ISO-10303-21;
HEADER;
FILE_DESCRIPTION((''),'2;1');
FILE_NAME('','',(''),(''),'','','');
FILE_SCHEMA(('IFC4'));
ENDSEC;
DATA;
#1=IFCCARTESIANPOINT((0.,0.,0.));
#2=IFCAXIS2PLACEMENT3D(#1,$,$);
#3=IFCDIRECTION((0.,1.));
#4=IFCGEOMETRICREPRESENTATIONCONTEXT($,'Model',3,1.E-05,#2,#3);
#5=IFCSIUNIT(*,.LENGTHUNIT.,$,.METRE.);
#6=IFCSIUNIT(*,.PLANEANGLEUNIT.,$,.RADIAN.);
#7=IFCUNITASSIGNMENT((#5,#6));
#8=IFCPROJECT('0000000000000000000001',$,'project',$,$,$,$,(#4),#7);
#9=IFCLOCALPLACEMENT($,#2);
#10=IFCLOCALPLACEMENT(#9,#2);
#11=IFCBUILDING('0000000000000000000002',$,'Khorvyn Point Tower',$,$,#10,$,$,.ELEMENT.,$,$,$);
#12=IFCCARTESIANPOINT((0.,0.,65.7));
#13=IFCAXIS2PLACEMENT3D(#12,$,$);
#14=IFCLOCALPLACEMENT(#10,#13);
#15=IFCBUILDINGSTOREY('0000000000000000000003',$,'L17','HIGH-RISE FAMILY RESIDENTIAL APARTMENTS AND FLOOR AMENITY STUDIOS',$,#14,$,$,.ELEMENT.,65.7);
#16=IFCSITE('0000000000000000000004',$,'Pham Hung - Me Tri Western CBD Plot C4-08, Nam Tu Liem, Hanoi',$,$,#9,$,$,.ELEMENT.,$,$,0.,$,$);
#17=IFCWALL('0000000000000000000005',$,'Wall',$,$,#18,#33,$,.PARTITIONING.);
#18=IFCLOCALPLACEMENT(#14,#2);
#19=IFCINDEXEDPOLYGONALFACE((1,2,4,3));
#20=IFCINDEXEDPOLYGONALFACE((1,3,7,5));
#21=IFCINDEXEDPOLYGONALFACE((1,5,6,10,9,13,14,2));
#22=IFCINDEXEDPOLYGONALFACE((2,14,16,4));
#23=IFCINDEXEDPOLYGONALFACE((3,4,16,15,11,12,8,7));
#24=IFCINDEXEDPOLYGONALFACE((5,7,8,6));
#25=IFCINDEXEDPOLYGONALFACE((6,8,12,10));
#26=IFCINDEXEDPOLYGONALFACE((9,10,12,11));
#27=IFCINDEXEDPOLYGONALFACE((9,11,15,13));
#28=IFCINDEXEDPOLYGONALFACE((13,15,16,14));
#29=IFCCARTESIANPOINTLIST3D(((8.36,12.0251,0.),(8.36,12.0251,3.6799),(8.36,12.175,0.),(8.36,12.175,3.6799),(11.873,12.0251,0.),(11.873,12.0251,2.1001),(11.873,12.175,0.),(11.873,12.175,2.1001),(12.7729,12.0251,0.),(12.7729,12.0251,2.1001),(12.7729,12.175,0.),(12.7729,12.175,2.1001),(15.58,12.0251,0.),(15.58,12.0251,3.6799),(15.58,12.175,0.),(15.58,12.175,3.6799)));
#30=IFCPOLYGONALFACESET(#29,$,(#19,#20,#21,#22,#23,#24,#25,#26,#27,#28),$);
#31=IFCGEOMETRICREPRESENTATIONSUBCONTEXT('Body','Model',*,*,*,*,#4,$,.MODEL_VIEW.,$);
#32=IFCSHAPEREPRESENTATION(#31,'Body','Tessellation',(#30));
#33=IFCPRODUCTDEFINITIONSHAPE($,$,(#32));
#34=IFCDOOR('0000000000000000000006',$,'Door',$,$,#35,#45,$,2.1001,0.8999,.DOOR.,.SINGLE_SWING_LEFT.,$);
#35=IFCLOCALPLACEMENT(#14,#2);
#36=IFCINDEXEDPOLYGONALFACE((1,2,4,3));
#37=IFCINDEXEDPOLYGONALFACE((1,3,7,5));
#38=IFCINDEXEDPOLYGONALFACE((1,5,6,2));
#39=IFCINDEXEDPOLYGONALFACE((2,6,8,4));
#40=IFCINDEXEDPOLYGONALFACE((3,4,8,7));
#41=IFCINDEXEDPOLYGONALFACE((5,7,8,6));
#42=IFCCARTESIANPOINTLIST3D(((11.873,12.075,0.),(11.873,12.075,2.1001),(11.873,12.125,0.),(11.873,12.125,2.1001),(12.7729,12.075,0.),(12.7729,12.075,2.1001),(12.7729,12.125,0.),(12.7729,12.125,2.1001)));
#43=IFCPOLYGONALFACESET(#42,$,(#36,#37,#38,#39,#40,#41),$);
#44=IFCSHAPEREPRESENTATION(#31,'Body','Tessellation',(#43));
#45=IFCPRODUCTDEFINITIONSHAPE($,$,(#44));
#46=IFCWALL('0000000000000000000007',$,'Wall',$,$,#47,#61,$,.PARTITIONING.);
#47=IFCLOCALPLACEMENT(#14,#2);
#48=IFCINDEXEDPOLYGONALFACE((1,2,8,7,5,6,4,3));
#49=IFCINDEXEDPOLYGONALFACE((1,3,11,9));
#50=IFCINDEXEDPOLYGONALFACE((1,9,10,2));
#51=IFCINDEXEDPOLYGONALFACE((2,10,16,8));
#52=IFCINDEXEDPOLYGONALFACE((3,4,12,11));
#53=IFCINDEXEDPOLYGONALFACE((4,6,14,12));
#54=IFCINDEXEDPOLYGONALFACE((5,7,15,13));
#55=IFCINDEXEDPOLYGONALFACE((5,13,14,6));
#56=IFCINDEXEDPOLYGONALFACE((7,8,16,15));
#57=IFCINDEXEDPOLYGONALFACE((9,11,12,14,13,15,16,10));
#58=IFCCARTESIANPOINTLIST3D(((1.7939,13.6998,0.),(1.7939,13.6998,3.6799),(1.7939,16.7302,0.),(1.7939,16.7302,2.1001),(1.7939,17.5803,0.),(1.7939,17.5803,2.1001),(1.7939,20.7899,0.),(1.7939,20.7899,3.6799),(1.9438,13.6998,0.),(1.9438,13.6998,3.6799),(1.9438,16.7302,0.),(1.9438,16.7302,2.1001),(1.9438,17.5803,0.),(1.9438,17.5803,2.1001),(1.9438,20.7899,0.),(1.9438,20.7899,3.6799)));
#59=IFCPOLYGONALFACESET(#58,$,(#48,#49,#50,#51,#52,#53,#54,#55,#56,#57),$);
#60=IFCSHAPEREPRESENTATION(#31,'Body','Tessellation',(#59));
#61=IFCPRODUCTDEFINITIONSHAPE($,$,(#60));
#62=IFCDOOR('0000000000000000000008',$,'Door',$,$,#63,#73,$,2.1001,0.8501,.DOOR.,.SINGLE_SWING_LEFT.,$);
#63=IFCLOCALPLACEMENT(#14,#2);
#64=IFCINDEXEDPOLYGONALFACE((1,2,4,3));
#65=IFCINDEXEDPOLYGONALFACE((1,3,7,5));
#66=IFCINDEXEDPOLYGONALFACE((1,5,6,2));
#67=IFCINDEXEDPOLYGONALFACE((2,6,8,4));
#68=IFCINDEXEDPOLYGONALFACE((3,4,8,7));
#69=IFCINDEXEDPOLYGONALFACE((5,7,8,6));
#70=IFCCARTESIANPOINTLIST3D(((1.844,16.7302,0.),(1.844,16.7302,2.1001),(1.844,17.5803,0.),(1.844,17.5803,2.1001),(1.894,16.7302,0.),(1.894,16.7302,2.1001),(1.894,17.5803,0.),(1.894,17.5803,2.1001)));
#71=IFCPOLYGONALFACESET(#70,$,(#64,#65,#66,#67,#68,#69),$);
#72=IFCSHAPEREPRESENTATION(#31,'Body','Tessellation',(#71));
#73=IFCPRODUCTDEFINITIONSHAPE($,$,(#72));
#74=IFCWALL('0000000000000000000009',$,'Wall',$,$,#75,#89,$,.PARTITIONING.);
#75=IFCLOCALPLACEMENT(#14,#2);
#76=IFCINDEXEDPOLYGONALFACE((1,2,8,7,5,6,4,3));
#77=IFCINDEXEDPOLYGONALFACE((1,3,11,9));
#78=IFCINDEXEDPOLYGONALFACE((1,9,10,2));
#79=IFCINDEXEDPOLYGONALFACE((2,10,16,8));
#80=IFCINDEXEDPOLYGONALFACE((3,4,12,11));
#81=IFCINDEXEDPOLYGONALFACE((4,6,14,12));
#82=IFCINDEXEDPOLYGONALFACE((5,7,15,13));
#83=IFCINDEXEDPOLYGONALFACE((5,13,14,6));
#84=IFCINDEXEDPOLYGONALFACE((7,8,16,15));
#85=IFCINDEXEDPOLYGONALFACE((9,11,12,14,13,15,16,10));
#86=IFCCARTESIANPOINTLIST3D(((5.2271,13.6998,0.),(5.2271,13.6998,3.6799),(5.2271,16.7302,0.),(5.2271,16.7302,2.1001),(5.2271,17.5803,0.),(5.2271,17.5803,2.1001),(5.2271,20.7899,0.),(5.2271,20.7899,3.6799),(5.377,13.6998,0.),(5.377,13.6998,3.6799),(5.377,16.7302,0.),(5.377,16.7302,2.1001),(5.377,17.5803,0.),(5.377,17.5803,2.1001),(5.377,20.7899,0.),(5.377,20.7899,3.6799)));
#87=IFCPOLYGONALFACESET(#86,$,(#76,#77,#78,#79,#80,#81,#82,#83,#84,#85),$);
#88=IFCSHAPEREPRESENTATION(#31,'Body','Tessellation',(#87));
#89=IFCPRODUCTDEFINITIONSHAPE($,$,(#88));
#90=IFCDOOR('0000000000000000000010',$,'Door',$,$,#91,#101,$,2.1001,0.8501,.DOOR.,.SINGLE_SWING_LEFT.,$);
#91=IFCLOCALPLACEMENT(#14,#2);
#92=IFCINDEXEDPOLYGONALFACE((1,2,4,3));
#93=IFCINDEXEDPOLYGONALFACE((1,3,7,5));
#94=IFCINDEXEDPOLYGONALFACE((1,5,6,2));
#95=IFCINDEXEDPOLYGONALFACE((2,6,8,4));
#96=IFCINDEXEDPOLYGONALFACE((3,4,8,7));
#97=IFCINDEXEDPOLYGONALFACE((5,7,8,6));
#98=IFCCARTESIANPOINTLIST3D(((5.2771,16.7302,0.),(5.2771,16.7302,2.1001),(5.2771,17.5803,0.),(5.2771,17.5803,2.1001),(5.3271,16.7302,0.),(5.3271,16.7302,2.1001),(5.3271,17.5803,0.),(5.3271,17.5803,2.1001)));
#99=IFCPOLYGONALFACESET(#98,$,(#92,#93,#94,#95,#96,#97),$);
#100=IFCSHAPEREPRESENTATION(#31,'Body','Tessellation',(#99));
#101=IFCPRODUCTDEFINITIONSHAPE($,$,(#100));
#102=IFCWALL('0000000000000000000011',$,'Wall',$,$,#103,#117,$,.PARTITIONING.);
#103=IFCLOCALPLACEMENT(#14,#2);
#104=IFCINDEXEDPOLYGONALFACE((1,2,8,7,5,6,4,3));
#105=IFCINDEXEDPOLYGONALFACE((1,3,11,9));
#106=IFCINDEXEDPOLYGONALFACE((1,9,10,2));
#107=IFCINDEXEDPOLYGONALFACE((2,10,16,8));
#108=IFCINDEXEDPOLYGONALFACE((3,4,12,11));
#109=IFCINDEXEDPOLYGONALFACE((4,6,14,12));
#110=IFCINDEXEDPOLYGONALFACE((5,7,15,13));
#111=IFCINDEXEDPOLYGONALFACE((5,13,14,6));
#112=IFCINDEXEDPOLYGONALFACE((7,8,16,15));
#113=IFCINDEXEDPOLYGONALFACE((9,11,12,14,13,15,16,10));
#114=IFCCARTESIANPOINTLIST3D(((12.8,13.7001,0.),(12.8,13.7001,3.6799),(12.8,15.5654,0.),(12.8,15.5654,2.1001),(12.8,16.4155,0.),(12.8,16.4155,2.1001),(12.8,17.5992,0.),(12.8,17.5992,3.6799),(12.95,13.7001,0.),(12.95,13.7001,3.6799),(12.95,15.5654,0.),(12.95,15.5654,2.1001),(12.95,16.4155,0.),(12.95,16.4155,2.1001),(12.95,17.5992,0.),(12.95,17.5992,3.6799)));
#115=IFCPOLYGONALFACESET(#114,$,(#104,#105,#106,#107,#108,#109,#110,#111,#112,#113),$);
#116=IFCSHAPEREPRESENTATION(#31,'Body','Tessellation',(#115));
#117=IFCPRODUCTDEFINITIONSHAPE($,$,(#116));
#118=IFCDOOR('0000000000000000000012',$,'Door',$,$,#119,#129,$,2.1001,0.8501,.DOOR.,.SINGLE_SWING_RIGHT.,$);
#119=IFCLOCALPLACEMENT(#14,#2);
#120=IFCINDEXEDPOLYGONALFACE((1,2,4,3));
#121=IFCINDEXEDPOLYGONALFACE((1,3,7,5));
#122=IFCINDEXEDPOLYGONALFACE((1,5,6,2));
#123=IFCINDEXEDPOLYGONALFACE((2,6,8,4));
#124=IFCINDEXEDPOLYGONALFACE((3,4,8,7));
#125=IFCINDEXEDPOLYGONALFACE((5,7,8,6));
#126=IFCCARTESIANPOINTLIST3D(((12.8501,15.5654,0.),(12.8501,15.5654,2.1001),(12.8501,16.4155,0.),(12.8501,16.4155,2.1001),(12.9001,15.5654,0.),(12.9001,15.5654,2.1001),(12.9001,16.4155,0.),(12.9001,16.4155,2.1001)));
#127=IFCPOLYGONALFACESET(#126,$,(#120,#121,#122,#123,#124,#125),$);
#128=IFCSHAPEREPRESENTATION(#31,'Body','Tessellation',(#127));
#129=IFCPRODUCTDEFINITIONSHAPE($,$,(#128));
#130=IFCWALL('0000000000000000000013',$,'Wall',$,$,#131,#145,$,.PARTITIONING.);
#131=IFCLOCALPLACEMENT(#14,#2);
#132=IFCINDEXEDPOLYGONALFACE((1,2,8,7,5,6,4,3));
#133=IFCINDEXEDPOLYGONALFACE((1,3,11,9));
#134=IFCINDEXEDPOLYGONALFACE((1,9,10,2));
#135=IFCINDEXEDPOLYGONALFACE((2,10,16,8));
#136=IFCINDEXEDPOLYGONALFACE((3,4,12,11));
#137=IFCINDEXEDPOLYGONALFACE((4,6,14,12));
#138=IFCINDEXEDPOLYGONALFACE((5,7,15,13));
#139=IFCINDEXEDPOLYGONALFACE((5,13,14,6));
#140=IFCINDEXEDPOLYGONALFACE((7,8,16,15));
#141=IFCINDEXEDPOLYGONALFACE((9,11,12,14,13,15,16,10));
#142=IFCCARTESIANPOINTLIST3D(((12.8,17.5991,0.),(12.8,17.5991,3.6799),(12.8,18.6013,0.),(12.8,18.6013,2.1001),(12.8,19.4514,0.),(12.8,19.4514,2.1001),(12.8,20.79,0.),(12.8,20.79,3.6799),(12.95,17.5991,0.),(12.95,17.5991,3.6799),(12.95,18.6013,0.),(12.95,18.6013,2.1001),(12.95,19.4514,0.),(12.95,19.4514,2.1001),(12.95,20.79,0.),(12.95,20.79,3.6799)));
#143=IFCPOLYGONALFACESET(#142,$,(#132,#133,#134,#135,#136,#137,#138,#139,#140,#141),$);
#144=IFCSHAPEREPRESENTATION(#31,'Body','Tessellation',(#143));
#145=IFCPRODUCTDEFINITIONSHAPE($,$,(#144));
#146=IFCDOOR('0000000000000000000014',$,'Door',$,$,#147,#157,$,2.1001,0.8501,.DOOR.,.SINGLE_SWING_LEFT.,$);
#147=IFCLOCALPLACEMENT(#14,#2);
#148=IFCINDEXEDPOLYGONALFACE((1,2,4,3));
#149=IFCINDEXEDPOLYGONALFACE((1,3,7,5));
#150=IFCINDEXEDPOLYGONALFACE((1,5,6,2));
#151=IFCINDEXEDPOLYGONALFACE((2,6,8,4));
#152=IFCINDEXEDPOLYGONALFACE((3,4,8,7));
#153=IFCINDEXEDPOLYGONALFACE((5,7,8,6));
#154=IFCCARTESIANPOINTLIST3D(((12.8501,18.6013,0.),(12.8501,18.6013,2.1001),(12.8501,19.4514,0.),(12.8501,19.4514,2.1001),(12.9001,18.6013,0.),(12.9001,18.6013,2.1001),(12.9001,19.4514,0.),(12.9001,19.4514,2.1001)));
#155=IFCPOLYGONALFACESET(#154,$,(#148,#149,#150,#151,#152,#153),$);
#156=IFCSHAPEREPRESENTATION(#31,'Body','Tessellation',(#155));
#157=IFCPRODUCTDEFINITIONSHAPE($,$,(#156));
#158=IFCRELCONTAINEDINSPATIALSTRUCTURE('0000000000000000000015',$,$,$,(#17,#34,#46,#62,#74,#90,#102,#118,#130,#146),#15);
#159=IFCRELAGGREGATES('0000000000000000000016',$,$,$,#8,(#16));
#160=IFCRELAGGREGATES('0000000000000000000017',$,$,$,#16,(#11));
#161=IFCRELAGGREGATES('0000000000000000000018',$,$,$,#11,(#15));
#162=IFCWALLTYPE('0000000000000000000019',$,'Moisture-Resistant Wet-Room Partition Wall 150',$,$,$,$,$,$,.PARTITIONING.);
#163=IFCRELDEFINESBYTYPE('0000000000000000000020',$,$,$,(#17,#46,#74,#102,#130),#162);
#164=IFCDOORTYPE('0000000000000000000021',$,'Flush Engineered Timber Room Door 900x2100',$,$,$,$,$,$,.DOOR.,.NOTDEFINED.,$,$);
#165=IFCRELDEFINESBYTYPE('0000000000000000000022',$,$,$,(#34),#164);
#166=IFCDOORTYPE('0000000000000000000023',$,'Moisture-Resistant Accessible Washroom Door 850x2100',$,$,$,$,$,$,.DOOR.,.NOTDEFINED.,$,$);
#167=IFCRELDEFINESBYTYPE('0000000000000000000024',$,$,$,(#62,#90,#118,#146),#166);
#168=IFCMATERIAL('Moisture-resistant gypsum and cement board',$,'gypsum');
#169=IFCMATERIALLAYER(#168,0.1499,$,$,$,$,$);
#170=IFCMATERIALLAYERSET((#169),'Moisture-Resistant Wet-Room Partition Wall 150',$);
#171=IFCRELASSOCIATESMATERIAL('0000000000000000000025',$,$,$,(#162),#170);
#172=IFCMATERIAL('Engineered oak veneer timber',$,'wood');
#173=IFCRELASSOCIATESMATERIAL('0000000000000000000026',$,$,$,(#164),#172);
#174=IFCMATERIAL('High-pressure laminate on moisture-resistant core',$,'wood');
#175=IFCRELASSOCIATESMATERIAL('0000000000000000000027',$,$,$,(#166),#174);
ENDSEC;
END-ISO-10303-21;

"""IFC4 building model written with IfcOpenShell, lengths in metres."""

from ifc_helpers import new_model, si_unit, direction, frame, frame_2d, origin, place, context, subcontext, project, spatial, rectangle, extrude, material, layer, layer_set, type_object, element, fill, save


model = new_model("IFC4")

# Units and contexts
model_context = context("Model", 3, precision=1e-05, world=origin(), true_north=direction((0.0, 1.0)))
body_context = subcontext(model_context, "Body", "Model", "MODEL_VIEW")
ifc_project = project(units=[si_unit("LENGTHUNIT", "METRE"), si_unit("PLANEANGLEUNIT", "RADIAN")], contexts=[model_context])

# Site, building, storey
site_placement = place(None, origin())
site = spatial("IfcSite", under=ifc_project, at=site_placement, Name="Pham Hung - Me Tri Western CBD Plot C4-08, Nam Tu Liem, Hanoi", CompositionType="ELEMENT", RefElevation=0.0)
building_placement = place(site_placement, origin())
building = spatial("IfcBuilding", under=site, at=building_placement, Name="Khorvyn Point Tower", CompositionType="ELEMENT")
storey_placement = place(building_placement, frame((0.0, 0.0, 65.7)))
storey = spatial("IfcBuildingStorey", under=building, at=storey_placement, Name="L17", Description="HIGH-RISE FAMILY RESIDENTIAL APARTMENTS AND FLOOR AMENITY STUDIOS", CompositionType="ELEMENT", Elevation=65.7)

# Walls, openings, doors
ifc_material_1 = material(Name="Moisture-resistant gypsum and cement board", Category="gypsum")
ifc_layer_1 = layer(ifc_material_1, 0.1499)
ifc_layer_set_1 = layer_set([ifc_layer_1], Name="Moisture-Resistant Wet-Room Partition Wall 150")
wall_type_1 = type_object("IfcWallType", Name="Moisture-Resistant Wet-Room Partition Wall 150", PredefinedType="PARTITIONING", material=ifc_layer_set_1)
wall_1_placement = place(storey_placement, frame((8.3601, 12.1001, 0.0), z_axis=(0.0, 0.0, 1.0), x_axis=(1.0, 0.0, 0.0)))
wall_1 = element("IfcWall", 1, at=wall_1_placement, inside=storey, type_object=wall_type_1, Name="Wall", PredefinedType="PARTITIONING", context=body_context, shape_type="SweptSolid", body=[
    extrude(rectangle(XDim=7.22, YDim=0.1499, at=frame_2d((3.6099, 0.0))), origin(), (0.0, 0.0, 1.0), 3.6799),
])
opening_1_placement = place(wall_1_placement, frame((3.5129, 0.0, 0.0)))
opening_1 = element("IfcOpeningElement", 2, at=opening_1_placement, cuts=wall_1, PredefinedType="OPENING", context=body_context, shape_type="SweptSolid", body=[
    extrude(rectangle(XDim=0.8999, YDim=2.1001, at=frame_2d((0.45, 1.05))), frame((0.0, 0.085, 0.0), z_axis=(0.0, -1.0, 0.0), x_axis=(1.0, 0.0, 0.0)), (0.0, 0.0, 1.0), 0.1699),
])
ifc_material_2 = material(Name="Engineered oak veneer timber", Category="wood")
door_type_1 = type_object("IfcDoorType", Name="Flush Engineered Timber Room Door 900x2100", OperationType="NOTDEFINED", PredefinedType="DOOR", material=ifc_material_2)
door_1_placement = place(opening_1_placement, origin())
door_1 = element("IfcDoor", 3, at=door_1_placement, inside=storey, type_object=door_type_1, Name="Door", OperationType="SINGLE_SWING_LEFT", OverallHeight=2.1001, OverallWidth=0.8999, PredefinedType="DOOR", context=body_context, shape_type="SweptSolid", body=[
    extrude(rectangle(XDim=0.8999, YDim=2.1001, at=frame_2d((0.45, 1.05))), frame((0.0, 0.0249, 0.0), z_axis=(0.0, -1.0, 0.0), x_axis=(1.0, 0.0, 0.0)), (0.0, 0.0, 1.0), 0.05),
])
fill(opening_1, door_1)
wall_2_placement = place(storey_placement, frame((1.8689, 13.7, 0.0), z_axis=(0.0, 0.0, 1.0), x_axis=(0.0, 1.0, 0.0)))
wall_2 = element("IfcWall", 4, at=wall_2_placement, inside=storey, type_object=wall_type_1, Name="Wall", PredefinedType="PARTITIONING", context=body_context, shape_type="SweptSolid", body=[
    extrude(rectangle(XDim=7.0901, YDim=0.1499, at=frame_2d((3.5449, 0.0))), origin(), (0.0, 0.0, 1.0), 3.6799),
])
opening_2_placement = place(wall_2_placement, frame((3.0303, 0.0, 0.0)))
opening_2 = element("IfcOpeningElement", 5, at=opening_2_placement, cuts=wall_2, PredefinedType="OPENING", context=body_context, shape_type="SweptSolid", body=[
    extrude(rectangle(XDim=0.8501, YDim=2.1001, at=frame_2d((0.425, 1.05))), frame((0.0, 0.085, 0.0), z_axis=(0.0, -1.0, 0.0), x_axis=(1.0, 0.0, 0.0)), (0.0, 0.0, 1.0), 0.1699),
])
ifc_material_3 = material(Name="High-pressure laminate on moisture-resistant core", Category="wood")
door_type_2 = type_object("IfcDoorType", Name="Moisture-Resistant Accessible Washroom Door 850x2100", OperationType="NOTDEFINED", PredefinedType="DOOR", material=ifc_material_3)
door_2_placement = place(opening_2_placement, origin())
door_2 = element("IfcDoor", 6, at=door_2_placement, inside=storey, type_object=door_type_2, Name="Door", OperationType="SINGLE_SWING_LEFT", OverallHeight=2.1001, OverallWidth=0.8501, PredefinedType="DOOR", context=body_context, shape_type="SweptSolid", body=[
    extrude(rectangle(XDim=0.8501, YDim=2.1001, at=frame_2d((0.425, 1.05))), frame((0.0, 0.0249, 0.0), z_axis=(0.0, -1.0, 0.0), x_axis=(1.0, 0.0, 0.0)), (0.0, 0.0, 1.0), 0.05),
])
fill(opening_2, door_2)
wall_3_placement = place(storey_placement, frame((5.302, 13.7, 0.0), z_axis=(0.0, 0.0, 1.0), x_axis=(0.0, 1.0, 0.0)))
wall_3 = element("IfcWall", 7, at=wall_3_placement, inside=storey, type_object=wall_type_1, Name="Wall", PredefinedType="PARTITIONING", context=body_context, shape_type="SweptSolid", body=[
    extrude(rectangle(XDim=7.0901, YDim=0.1499, at=frame_2d((3.5449, 0.0))), origin(), (0.0, 0.0, 1.0), 3.6799),
])
opening_3_placement = place(wall_3_placement, frame((3.0303, 0.0, 0.0)))
opening_3 = element("IfcOpeningElement", 8, at=opening_3_placement, cuts=wall_3, PredefinedType="OPENING", context=body_context, shape_type="SweptSolid", body=[
    extrude(rectangle(XDim=0.8501, YDim=2.1001, at=frame_2d((0.425, 1.05))), frame((0.0, 0.085, 0.0), z_axis=(0.0, -1.0, 0.0), x_axis=(1.0, 0.0, 0.0)), (0.0, 0.0, 1.0), 0.1699),
])
door_3_placement = place(opening_3_placement, origin())
door_3 = element("IfcDoor", 9, at=door_3_placement, inside=storey, type_object=door_type_2, Name="Door", OperationType="SINGLE_SWING_LEFT", OverallHeight=2.1001, OverallWidth=0.8501, PredefinedType="DOOR", context=body_context, shape_type="SweptSolid", body=[
    extrude(rectangle(XDim=0.8501, YDim=2.1001, at=frame_2d((0.425, 1.05))), frame((0.0, 0.0249, 0.0), z_axis=(0.0, -1.0, 0.0), x_axis=(1.0, 0.0, 0.0)), (0.0, 0.0, 1.0), 0.05),
])
fill(opening_3, door_3)
wall_4_placement = place(storey_placement, frame((12.875, 13.7, 0.0), z_axis=(0.0, 0.0, 1.0), x_axis=(0.0, 1.0, 0.0)))
wall_4 = element("IfcWall", 10, at=wall_4_placement, inside=storey, type_object=wall_type_1, Name="Wall", PredefinedType="PARTITIONING", context=body_context, shape_type="SweptSolid", body=[
    extrude(rectangle(XDim=3.8992, YDim=0.1499, at=frame_2d((1.9497, 0.0))), origin(), (0.0, 0.0, 1.0), 3.6799),
])
opening_4_placement = place(wall_4_placement, frame((1.8655, 0.0, 0.0)))
opening_4 = element("IfcOpeningElement", 11, at=opening_4_placement, cuts=wall_4, PredefinedType="OPENING", context=body_context, shape_type="SweptSolid", body=[
    extrude(rectangle(XDim=0.8501, YDim=2.1001, at=frame_2d((0.425, 1.05))), frame((0.0, 0.085, 0.0), z_axis=(0.0, -1.0, 0.0), x_axis=(1.0, 0.0, 0.0)), (0.0, 0.0, 1.0), 0.1699),
])
door_4_placement = place(opening_4_placement, origin())
door_4 = element("IfcDoor", 12, at=door_4_placement, inside=storey, type_object=door_type_2, Name="Door", OperationType="SINGLE_SWING_RIGHT", OverallHeight=2.1001, OverallWidth=0.8501, PredefinedType="DOOR", context=body_context, shape_type="SweptSolid", body=[
    extrude(rectangle(XDim=0.8501, YDim=2.1001, at=frame_2d((0.425, 1.05))), frame((0.0, 0.0249, 0.0), z_axis=(0.0, -1.0, 0.0), x_axis=(1.0, 0.0, 0.0)), (0.0, 0.0, 1.0), 0.05),
])
fill(opening_4, door_4)
wall_5_placement = place(storey_placement, frame((12.875, 17.5991, 0.0), z_axis=(0.0, 0.0, 1.0), x_axis=(0.0, 1.0, 0.0)))
wall_5 = element("IfcWall", 13, at=wall_5_placement, inside=storey, type_object=wall_type_1, Name="Wall", PredefinedType="PARTITIONING", context=body_context, shape_type="SweptSolid", body=[
    extrude(rectangle(XDim=3.1909, YDim=0.1499, at=frame_2d((1.5955, 0.0))), origin(), (0.0, 0.0, 1.0), 3.6799),
])
opening_5_placement = place(wall_5_placement, frame((1.0022, 0.0, 0.0)))
opening_5 = element("IfcOpeningElement", 14, at=opening_5_placement, cuts=wall_5, PredefinedType="OPENING", context=body_context, shape_type="SweptSolid", body=[
    extrude(rectangle(XDim=0.8501, YDim=2.1001, at=frame_2d((0.425, 1.05))), frame((0.0, 0.085, 0.0), z_axis=(0.0, -1.0, 0.0), x_axis=(1.0, 0.0, 0.0)), (0.0, 0.0, 1.0), 0.1699),
])
door_5_placement = place(opening_5_placement, origin())
door_5 = element("IfcDoor", 15, at=door_5_placement, inside=storey, type_object=door_type_2, Name="Door", OperationType="SINGLE_SWING_LEFT", OverallHeight=2.1001, OverallWidth=0.8501, PredefinedType="DOOR", context=body_context, shape_type="SweptSolid", body=[
    extrude(rectangle(XDim=0.8501, YDim=2.1001, at=frame_2d((0.425, 1.05))), frame((0.0, 0.0249, 0.0), z_axis=(0.0, -1.0, 0.0), x_axis=(1.0, 0.0, 0.0)), (0.0, 0.0, 1.0), 0.05),
])
fill(opening_5, door_5)

save(model, "model.ifc")
